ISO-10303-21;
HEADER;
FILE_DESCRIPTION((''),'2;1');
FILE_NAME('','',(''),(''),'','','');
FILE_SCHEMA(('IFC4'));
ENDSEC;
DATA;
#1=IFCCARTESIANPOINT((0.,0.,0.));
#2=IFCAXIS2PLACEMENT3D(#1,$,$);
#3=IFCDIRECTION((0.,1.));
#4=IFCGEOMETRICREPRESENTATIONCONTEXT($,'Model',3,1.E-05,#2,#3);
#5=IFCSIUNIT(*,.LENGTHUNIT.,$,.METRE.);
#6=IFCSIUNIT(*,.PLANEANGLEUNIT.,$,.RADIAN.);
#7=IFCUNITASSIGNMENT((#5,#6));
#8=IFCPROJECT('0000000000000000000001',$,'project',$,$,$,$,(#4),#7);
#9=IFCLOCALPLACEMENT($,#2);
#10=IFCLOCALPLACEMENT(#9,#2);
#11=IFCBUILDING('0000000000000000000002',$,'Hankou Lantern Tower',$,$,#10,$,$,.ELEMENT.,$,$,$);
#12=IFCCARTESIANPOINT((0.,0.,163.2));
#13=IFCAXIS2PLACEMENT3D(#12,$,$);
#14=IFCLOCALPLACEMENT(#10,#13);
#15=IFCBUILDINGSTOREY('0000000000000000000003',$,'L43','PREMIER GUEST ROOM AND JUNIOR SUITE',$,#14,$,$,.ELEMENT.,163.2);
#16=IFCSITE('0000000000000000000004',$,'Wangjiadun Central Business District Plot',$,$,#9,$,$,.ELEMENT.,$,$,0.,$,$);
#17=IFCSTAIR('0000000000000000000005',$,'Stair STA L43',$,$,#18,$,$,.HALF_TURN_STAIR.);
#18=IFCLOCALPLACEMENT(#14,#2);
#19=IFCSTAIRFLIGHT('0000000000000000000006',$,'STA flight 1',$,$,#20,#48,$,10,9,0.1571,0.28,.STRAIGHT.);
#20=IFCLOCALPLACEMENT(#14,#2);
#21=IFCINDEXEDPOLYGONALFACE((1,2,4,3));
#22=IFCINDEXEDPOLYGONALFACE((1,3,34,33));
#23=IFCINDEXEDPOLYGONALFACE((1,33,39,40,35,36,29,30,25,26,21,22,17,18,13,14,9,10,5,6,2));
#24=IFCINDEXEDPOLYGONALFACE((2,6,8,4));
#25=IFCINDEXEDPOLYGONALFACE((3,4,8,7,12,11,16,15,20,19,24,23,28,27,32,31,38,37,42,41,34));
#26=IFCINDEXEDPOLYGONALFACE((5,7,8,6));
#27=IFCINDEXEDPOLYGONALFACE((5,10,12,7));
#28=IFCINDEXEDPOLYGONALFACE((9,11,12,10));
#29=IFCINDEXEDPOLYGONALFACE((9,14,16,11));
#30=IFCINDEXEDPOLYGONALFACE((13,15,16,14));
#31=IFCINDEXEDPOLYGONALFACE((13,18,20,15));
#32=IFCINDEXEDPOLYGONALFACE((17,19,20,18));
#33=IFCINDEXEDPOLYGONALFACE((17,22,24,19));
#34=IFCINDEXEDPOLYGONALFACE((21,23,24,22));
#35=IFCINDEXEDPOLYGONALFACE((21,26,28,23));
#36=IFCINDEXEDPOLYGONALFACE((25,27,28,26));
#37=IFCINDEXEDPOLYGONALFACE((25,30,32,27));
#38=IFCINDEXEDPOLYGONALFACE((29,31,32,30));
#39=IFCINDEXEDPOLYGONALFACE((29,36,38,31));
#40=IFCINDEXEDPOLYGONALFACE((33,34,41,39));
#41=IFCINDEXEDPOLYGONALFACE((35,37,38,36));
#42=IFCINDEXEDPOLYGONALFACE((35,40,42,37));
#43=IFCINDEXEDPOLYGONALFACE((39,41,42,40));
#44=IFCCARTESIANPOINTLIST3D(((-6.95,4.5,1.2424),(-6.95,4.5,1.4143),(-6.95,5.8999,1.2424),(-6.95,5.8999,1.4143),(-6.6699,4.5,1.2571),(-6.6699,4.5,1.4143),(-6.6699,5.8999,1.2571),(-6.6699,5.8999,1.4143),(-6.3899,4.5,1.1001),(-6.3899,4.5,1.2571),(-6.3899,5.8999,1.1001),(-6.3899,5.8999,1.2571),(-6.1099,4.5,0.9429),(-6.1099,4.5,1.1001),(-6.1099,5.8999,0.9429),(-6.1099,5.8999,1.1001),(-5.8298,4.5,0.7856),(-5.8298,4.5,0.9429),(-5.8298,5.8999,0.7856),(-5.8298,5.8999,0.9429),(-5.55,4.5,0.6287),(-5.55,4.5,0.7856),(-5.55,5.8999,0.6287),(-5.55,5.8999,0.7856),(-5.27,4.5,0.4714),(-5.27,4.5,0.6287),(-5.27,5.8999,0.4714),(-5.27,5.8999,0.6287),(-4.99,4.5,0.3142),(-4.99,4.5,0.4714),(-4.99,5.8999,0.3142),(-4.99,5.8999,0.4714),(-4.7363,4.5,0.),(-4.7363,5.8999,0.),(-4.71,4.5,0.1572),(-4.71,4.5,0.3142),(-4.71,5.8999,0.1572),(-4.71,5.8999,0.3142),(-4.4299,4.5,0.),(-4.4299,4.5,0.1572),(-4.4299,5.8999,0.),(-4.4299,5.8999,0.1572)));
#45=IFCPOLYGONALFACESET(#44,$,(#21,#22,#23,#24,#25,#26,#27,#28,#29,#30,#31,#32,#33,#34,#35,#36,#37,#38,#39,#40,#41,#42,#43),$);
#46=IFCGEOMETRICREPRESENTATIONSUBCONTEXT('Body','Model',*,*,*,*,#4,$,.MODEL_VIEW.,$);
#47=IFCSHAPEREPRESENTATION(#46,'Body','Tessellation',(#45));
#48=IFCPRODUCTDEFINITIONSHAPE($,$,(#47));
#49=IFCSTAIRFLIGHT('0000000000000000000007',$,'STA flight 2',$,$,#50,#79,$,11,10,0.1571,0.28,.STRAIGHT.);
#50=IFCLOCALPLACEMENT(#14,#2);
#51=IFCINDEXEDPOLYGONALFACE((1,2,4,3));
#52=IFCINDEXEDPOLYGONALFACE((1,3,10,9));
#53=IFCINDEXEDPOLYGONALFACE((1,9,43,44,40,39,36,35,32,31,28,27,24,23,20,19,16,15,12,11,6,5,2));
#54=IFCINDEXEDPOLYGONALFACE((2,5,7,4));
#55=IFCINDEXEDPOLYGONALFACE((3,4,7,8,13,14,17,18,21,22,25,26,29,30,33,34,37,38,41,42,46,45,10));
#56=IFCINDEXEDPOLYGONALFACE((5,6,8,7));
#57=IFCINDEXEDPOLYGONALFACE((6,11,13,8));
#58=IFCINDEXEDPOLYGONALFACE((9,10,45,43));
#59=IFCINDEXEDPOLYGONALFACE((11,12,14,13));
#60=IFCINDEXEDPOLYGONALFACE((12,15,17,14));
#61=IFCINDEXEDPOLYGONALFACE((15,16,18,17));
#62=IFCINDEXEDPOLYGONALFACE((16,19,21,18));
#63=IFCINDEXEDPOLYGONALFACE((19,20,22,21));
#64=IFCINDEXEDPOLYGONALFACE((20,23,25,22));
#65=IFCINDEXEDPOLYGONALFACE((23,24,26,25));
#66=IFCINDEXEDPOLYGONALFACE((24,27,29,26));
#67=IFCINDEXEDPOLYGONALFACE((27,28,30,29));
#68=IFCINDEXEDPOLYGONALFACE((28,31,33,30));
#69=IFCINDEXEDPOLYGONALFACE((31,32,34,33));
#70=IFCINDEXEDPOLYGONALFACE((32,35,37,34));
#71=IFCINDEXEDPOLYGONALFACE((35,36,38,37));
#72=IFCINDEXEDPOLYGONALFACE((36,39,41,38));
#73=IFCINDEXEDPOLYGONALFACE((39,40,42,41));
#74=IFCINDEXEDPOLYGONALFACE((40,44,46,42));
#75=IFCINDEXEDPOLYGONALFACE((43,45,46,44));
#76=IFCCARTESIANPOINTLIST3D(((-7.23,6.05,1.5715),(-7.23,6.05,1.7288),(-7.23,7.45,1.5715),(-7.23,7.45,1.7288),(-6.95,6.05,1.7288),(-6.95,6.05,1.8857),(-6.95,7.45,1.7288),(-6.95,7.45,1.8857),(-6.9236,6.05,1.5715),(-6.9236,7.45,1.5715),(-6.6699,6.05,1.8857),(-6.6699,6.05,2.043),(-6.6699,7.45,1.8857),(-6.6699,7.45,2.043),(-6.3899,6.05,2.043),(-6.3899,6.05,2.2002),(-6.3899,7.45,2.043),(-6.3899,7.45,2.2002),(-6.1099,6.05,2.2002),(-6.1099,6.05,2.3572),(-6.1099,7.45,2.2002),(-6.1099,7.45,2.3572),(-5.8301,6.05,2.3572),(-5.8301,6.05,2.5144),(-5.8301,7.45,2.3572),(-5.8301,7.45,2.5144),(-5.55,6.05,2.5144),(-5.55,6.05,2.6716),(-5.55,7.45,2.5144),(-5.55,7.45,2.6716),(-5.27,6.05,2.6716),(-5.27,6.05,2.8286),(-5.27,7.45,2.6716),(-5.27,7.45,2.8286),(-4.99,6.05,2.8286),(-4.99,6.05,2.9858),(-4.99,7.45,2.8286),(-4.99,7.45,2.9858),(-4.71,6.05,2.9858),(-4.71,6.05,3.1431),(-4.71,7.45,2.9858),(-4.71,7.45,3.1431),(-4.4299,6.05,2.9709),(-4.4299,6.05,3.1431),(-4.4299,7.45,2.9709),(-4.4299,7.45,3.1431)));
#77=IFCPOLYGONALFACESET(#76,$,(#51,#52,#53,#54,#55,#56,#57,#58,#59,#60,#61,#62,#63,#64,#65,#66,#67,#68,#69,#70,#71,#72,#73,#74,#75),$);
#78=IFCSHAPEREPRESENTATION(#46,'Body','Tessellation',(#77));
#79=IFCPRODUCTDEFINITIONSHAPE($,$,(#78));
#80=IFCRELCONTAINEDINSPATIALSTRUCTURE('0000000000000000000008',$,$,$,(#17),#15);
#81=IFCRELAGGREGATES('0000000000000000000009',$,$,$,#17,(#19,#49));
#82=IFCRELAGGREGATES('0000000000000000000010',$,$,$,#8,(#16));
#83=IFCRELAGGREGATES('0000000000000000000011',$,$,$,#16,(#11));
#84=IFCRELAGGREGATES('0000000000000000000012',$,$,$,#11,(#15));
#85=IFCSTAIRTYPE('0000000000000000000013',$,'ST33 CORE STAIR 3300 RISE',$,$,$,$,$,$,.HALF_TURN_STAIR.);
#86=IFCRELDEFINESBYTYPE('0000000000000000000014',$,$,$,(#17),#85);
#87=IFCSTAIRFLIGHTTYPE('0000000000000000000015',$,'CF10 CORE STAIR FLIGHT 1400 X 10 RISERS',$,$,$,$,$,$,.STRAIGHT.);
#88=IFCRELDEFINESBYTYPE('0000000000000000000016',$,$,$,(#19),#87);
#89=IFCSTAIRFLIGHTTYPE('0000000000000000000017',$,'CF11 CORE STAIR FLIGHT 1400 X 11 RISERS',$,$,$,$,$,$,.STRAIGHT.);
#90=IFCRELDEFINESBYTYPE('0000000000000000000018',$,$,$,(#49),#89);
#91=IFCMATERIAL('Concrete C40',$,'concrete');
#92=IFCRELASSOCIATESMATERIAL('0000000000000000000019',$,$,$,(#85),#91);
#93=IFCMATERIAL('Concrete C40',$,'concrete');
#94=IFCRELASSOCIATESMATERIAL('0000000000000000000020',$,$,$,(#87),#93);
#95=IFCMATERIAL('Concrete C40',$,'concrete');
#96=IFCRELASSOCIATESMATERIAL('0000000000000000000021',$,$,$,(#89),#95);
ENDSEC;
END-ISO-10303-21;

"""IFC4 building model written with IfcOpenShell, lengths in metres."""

from ifc_helpers import new_model, si_unit, direction, frame, origin, place, context, subcontext, project, spatial, polyline, outline, extrude, material, type_object, element, aggregate, save


model = new_model("IFC4")

# Units and contexts
model_context = context("Model", 3, precision=1e-05, world=origin(), true_north=direction((0.0, 1.0)))
body_context = subcontext(model_context, "Body", "Model", "MODEL_VIEW")
ifc_project = project(units=[si_unit("LENGTHUNIT", "METRE"), si_unit("PLANEANGLEUNIT", "RADIAN")], contexts=[model_context])

# Site, building, storey
site_placement = place(None, origin())
site = spatial("IfcSite", under=ifc_project, at=site_placement, Name="Wangjiadun Central Business District Plot", CompositionType="ELEMENT", RefElevation=0.0)
building_placement = place(site_placement, origin())
building = spatial("IfcBuilding", under=site, at=building_placement, Name="Hankou Lantern Tower", CompositionType="ELEMENT")
storey_placement = place(building_placement, frame((0.0, 0.0, 163.2)))
storey = spatial("IfcBuildingStorey", under=building, at=storey_placement, Name="L43", Description="PREMIER GUEST ROOM AND JUNIOR SUITE", CompositionType="ELEMENT", Elevation=163.2)

# Stair, stair flights
ifc_material_1 = material(Name="Concrete C40", Category="concrete")
stair_type = type_object("IfcStairType", Name="ST33 CORE STAIR 3300 RISE", PredefinedType="HALF_TURN_STAIR", material=ifc_material_1)
stair_placement = place(storey_placement, origin())
stair = element("IfcStair", 1, at=stair_placement, inside=storey, type_object=stair_type, Name="Stair STA L43", PredefinedType="HALF_TURN_STAIR")
ifc_material_2 = material(Name="Concrete C40", Category="concrete")
stair_flight_type_1 = type_object("IfcStairFlightType", Name="CF10 CORE STAIR FLIGHT 1400 X 10 RISERS", PredefinedType="STRAIGHT", material=ifc_material_2)
stair_flight_1_placement = place(storey_placement, frame((-4.4299, 5.2, 0.0), z_axis=(0.0, 0.0, 1.0), x_axis=(-1.0, 0.0, 0.0)))
stair_flight_1 = element("IfcStairFlight", 2, at=stair_flight_1_placement, type_object=stair_flight_type_1, Name="STA flight 1", NumberOfRisers=10, NumberOfTreads=9, PredefinedType="STRAIGHT", RiserHeight=0.1571, TreadLength=0.28, context=body_context, shape_type="SweptSolid", body=[
    extrude(outline(polyline([(0.0, 0.0), (0.0, 0.1572), (0.28, 0.1572), (0.28, 0.3142), (0.5601, 0.3142), (0.5601, 0.4714), (0.8401, 0.4714), (0.8401, 0.6287), (1.1201, 0.6287), (1.1201, 0.7856), (1.3999, 0.7856), (1.3999, 0.9429), (1.6799, 0.9429), (1.6799, 1.1001), (1.96, 1.1001), (1.96, 1.2571), (2.24, 1.2571), (2.24, 1.4143), (2.52, 1.4143), (2.52, 1.5715), (2.52, 1.2424), (0.3064, 0.0), (0.0, 0.0)])), frame((0.0, 0.7, 0.0), z_axis=(0.0, -1.0, 0.0), x_axis=(1.0, 0.0, 0.0)), (0.0, 0.0, 1.0), 1.3999),
])
ifc_material_3 = material(Name="Concrete C40", Category="concrete")
stair_flight_type_2 = type_object("IfcStairFlightType", Name="CF11 CORE STAIR FLIGHT 1400 X 11 RISERS", PredefinedType="STRAIGHT", material=ifc_material_3)
stair_flight_2_placement = place(storey_placement, frame((-7.23, 6.75, 1.5715), z_axis=(0.0, 0.0, 1.0), x_axis=(1.0, 0.0, 0.0)))
stair_flight_2 = element("IfcStairFlight", 3, at=stair_flight_2_placement, type_object=stair_flight_type_2, Name="STA flight 2", NumberOfRisers=11, NumberOfTreads=10, PredefinedType="STRAIGHT", RiserHeight=0.1571, TreadLength=0.28, context=body_context, shape_type="SweptSolid", body=[
    extrude(outline(polyline([(0.0, 0.0), (0.0, 0.1572), (0.28, 0.1572), (0.28, 0.3142), (0.5601, 0.3142), (0.5601, 0.4714), (0.8401, 0.4714), (0.8401, 0.6287), (1.1201, 0.6287), (1.1201, 0.7856), (1.3999, 0.7856), (1.3999, 0.9429), (1.6799, 0.9429), (1.6799, 1.1001), (1.96, 1.1001), (1.96, 1.2571), (2.24, 1.2571), (2.24, 1.4143), (2.52, 1.4143), (2.52, 1.5715), (2.8, 1.5715), (2.8, 1.7285), (2.8, 1.3994), (0.3064, 0.0), (0.0, 0.0)])), frame((0.0, 0.7, 0.0), z_axis=(0.0, -1.0, 0.0), x_axis=(1.0, 0.0, 0.0)), (0.0, 0.0, 1.0), 1.3999),
])
aggregate(stair, [stair_flight_1, stair_flight_2])

save(model, "model.ifc")
